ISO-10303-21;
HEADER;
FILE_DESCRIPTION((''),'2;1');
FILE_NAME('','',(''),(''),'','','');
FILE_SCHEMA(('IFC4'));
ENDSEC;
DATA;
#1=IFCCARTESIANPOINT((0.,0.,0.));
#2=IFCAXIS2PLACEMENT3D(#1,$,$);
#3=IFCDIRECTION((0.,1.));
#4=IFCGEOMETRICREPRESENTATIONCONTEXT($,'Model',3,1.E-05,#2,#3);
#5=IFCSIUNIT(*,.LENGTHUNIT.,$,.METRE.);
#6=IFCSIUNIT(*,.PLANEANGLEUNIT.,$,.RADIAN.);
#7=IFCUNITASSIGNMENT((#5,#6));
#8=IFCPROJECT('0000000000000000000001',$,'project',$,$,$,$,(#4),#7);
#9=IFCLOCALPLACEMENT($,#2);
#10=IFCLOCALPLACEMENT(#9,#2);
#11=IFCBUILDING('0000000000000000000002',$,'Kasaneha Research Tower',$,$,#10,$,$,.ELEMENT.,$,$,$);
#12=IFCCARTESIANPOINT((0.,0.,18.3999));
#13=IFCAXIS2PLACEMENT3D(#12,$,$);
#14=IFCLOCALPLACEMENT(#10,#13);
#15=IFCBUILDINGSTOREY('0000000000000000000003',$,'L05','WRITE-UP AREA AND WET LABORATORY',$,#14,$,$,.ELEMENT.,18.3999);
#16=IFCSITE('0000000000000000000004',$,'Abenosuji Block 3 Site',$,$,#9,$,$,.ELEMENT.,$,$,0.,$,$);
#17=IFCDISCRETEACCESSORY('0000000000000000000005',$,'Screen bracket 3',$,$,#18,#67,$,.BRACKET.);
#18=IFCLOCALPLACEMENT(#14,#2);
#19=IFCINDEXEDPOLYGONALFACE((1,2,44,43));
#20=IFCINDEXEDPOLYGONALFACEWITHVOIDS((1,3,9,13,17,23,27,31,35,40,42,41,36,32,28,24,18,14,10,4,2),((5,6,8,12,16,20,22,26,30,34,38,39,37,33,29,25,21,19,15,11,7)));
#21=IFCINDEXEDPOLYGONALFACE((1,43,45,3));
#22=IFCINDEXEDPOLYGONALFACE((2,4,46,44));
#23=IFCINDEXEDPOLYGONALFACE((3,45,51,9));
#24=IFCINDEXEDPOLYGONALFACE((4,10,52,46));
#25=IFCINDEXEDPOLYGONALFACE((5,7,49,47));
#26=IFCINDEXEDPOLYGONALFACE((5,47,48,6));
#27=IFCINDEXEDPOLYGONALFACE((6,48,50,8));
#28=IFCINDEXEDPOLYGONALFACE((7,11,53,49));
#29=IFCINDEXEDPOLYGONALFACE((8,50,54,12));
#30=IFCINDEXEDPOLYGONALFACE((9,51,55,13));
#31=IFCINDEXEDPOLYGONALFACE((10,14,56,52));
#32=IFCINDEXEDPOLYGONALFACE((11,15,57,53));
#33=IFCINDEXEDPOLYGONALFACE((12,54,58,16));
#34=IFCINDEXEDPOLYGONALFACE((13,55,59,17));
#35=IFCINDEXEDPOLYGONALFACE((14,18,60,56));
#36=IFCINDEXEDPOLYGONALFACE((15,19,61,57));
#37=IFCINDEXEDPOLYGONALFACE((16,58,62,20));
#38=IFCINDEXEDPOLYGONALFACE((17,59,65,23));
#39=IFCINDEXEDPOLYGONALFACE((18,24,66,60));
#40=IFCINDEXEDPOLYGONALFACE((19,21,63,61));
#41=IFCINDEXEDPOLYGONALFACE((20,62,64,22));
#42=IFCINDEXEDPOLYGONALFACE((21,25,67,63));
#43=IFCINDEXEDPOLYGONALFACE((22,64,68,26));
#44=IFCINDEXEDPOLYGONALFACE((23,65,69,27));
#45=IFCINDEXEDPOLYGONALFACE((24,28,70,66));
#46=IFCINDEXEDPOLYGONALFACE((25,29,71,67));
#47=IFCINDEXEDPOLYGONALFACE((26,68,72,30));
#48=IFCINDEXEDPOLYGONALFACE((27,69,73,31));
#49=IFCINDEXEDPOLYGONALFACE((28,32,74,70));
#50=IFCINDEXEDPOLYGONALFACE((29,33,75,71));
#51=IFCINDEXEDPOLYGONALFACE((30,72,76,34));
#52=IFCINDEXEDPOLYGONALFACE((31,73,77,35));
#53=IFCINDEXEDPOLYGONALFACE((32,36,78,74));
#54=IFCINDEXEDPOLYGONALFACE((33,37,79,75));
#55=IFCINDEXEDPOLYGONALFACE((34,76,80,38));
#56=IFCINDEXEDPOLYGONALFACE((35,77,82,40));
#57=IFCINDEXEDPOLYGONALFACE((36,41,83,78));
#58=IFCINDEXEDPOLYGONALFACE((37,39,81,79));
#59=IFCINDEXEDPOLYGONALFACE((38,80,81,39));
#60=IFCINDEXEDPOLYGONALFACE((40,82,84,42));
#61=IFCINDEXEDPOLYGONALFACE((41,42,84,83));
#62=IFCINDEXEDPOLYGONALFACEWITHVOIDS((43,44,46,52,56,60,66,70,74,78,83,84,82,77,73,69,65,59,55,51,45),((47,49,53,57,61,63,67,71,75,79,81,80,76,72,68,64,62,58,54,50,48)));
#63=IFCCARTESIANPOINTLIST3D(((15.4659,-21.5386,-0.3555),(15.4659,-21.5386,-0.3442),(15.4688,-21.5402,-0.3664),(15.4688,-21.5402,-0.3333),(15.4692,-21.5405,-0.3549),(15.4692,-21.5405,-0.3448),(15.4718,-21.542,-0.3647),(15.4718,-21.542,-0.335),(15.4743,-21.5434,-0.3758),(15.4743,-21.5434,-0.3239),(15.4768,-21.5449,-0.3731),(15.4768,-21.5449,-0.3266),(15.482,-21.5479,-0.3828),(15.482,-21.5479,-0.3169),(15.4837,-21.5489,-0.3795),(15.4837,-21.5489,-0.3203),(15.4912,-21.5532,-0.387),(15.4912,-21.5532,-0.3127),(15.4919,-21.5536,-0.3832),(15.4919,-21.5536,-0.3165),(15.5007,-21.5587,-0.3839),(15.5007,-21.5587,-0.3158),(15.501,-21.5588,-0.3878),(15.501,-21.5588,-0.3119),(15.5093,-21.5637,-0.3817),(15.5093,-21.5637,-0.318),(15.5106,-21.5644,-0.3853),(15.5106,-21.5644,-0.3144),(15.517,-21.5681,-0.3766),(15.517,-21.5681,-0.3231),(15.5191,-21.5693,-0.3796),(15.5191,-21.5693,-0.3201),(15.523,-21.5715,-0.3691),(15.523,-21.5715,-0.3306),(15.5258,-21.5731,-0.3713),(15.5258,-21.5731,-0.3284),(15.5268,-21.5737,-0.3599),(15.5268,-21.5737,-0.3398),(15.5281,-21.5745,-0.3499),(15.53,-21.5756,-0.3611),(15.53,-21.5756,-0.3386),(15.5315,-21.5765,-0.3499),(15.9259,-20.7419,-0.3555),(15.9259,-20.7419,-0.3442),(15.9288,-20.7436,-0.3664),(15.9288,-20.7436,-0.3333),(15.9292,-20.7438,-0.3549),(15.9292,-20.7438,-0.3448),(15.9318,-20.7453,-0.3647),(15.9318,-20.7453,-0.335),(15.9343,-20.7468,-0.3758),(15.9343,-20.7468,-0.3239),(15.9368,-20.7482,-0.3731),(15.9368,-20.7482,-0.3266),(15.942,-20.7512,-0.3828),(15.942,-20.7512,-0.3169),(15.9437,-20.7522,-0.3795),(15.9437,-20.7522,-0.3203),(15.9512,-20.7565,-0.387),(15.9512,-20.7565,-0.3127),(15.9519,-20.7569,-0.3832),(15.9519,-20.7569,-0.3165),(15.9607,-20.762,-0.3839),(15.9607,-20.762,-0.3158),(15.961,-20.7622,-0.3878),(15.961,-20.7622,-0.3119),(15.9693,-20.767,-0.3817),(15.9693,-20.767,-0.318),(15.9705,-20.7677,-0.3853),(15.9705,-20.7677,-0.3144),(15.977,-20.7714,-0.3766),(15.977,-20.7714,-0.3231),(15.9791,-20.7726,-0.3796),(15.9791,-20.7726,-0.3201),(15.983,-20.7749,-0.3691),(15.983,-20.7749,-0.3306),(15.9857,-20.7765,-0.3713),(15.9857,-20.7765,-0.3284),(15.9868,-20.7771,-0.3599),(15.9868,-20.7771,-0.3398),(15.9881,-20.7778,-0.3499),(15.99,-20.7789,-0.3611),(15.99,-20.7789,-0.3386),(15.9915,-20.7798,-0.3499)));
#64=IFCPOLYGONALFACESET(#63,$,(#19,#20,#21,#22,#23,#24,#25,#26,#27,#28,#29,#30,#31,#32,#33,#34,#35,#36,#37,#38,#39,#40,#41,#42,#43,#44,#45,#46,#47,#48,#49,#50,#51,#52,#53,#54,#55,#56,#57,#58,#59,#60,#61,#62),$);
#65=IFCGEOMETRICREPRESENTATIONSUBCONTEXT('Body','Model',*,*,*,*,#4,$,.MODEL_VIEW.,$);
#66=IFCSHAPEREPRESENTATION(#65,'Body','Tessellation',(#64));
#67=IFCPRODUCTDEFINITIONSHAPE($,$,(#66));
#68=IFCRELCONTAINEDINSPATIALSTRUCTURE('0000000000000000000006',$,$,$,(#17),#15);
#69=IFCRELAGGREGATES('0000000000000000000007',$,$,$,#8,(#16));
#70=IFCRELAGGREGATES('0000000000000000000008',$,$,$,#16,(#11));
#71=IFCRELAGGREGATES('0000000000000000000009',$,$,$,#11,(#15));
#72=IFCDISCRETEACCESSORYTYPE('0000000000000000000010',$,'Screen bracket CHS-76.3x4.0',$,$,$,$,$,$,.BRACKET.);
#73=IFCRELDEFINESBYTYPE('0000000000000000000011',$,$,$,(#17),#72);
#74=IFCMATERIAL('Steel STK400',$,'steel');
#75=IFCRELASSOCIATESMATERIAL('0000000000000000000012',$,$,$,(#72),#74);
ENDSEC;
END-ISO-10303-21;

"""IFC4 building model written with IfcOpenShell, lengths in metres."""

from ifc_helpers import new_model, si_unit, direction, frame, origin, origin_2d, place, context, subcontext, project, spatial, hollow_circle, extrude, material, material_profile, profile_set, type_object, element, save


model = new_model("IFC4")

# Units and contexts
model_context = context("Model", 3, precision=1e-05, world=origin(), true_north=direction((0.0, 1.0)))
body_context = subcontext(model_context, "Body", "Model", "MODEL_VIEW")
ifc_project = project(units=[si_unit("LENGTHUNIT", "METRE"), si_unit("PLANEANGLEUNIT", "RADIAN")], contexts=[model_context])

# Site, building, storey
site_placement = place(None, origin())
site = spatial("IfcSite", under=ifc_project, at=site_placement, Name="Abenosuji Block 3 Site", CompositionType="ELEMENT", RefElevation=0.0)
building_placement = place(site_placement, origin())
building = spatial("IfcBuilding", under=site, at=building_placement, Name="Kasaneha Research Tower", CompositionType="ELEMENT")
storey_placement = place(building_placement, frame((0.0, 0.0, 18.3999)))
storey = spatial("IfcBuildingStorey", under=building, at=storey_placement, Name="L05", Description="WRITE-UP AREA AND WET LABORATORY", CompositionType="ELEMENT", Elevation=18.3999)

# Discrete accessory
ifc_material_1 = material(Name="Steel STK400", Category="steel")
ifc_material_profile_1 = material_profile(ifc_material_1, hollow_circle(Radius=0.0381, WallThickness=0.0039, at=origin_2d()), Name="CHS-76.3x4.0")
ifc_profile_set_1 = profile_set([ifc_material_profile_1], Name="Steel STK400")
discrete_accessory_type = type_object("IfcDiscreteAccessoryType", Name="Screen bracket CHS-76.3x4.0", PredefinedType="BRACKET", material=ifc_profile_set_1)
discrete_accessory_1_placement = place(storey_placement, frame((15.9585, -20.7607, -0.3499), z_axis=(-0.500021, -0.866013, 0.0), x_axis=(0.866013, -0.500021, 0.0)))
element("IfcDiscreteAccessory", 1, at=discrete_accessory_1_placement, inside=storey, type_object=discrete_accessory_type, Name="Screen bracket 3", PredefinedType="BRACKET", context=body_context, shape_type="SweptSolid", body=[
    extrude(hollow_circle(Radius=0.0381, WallThickness=0.0039, at=origin_2d()), origin(), (0.0, 0.0, 1.0), 0.9199),
])

save(model, "model.ifc")
